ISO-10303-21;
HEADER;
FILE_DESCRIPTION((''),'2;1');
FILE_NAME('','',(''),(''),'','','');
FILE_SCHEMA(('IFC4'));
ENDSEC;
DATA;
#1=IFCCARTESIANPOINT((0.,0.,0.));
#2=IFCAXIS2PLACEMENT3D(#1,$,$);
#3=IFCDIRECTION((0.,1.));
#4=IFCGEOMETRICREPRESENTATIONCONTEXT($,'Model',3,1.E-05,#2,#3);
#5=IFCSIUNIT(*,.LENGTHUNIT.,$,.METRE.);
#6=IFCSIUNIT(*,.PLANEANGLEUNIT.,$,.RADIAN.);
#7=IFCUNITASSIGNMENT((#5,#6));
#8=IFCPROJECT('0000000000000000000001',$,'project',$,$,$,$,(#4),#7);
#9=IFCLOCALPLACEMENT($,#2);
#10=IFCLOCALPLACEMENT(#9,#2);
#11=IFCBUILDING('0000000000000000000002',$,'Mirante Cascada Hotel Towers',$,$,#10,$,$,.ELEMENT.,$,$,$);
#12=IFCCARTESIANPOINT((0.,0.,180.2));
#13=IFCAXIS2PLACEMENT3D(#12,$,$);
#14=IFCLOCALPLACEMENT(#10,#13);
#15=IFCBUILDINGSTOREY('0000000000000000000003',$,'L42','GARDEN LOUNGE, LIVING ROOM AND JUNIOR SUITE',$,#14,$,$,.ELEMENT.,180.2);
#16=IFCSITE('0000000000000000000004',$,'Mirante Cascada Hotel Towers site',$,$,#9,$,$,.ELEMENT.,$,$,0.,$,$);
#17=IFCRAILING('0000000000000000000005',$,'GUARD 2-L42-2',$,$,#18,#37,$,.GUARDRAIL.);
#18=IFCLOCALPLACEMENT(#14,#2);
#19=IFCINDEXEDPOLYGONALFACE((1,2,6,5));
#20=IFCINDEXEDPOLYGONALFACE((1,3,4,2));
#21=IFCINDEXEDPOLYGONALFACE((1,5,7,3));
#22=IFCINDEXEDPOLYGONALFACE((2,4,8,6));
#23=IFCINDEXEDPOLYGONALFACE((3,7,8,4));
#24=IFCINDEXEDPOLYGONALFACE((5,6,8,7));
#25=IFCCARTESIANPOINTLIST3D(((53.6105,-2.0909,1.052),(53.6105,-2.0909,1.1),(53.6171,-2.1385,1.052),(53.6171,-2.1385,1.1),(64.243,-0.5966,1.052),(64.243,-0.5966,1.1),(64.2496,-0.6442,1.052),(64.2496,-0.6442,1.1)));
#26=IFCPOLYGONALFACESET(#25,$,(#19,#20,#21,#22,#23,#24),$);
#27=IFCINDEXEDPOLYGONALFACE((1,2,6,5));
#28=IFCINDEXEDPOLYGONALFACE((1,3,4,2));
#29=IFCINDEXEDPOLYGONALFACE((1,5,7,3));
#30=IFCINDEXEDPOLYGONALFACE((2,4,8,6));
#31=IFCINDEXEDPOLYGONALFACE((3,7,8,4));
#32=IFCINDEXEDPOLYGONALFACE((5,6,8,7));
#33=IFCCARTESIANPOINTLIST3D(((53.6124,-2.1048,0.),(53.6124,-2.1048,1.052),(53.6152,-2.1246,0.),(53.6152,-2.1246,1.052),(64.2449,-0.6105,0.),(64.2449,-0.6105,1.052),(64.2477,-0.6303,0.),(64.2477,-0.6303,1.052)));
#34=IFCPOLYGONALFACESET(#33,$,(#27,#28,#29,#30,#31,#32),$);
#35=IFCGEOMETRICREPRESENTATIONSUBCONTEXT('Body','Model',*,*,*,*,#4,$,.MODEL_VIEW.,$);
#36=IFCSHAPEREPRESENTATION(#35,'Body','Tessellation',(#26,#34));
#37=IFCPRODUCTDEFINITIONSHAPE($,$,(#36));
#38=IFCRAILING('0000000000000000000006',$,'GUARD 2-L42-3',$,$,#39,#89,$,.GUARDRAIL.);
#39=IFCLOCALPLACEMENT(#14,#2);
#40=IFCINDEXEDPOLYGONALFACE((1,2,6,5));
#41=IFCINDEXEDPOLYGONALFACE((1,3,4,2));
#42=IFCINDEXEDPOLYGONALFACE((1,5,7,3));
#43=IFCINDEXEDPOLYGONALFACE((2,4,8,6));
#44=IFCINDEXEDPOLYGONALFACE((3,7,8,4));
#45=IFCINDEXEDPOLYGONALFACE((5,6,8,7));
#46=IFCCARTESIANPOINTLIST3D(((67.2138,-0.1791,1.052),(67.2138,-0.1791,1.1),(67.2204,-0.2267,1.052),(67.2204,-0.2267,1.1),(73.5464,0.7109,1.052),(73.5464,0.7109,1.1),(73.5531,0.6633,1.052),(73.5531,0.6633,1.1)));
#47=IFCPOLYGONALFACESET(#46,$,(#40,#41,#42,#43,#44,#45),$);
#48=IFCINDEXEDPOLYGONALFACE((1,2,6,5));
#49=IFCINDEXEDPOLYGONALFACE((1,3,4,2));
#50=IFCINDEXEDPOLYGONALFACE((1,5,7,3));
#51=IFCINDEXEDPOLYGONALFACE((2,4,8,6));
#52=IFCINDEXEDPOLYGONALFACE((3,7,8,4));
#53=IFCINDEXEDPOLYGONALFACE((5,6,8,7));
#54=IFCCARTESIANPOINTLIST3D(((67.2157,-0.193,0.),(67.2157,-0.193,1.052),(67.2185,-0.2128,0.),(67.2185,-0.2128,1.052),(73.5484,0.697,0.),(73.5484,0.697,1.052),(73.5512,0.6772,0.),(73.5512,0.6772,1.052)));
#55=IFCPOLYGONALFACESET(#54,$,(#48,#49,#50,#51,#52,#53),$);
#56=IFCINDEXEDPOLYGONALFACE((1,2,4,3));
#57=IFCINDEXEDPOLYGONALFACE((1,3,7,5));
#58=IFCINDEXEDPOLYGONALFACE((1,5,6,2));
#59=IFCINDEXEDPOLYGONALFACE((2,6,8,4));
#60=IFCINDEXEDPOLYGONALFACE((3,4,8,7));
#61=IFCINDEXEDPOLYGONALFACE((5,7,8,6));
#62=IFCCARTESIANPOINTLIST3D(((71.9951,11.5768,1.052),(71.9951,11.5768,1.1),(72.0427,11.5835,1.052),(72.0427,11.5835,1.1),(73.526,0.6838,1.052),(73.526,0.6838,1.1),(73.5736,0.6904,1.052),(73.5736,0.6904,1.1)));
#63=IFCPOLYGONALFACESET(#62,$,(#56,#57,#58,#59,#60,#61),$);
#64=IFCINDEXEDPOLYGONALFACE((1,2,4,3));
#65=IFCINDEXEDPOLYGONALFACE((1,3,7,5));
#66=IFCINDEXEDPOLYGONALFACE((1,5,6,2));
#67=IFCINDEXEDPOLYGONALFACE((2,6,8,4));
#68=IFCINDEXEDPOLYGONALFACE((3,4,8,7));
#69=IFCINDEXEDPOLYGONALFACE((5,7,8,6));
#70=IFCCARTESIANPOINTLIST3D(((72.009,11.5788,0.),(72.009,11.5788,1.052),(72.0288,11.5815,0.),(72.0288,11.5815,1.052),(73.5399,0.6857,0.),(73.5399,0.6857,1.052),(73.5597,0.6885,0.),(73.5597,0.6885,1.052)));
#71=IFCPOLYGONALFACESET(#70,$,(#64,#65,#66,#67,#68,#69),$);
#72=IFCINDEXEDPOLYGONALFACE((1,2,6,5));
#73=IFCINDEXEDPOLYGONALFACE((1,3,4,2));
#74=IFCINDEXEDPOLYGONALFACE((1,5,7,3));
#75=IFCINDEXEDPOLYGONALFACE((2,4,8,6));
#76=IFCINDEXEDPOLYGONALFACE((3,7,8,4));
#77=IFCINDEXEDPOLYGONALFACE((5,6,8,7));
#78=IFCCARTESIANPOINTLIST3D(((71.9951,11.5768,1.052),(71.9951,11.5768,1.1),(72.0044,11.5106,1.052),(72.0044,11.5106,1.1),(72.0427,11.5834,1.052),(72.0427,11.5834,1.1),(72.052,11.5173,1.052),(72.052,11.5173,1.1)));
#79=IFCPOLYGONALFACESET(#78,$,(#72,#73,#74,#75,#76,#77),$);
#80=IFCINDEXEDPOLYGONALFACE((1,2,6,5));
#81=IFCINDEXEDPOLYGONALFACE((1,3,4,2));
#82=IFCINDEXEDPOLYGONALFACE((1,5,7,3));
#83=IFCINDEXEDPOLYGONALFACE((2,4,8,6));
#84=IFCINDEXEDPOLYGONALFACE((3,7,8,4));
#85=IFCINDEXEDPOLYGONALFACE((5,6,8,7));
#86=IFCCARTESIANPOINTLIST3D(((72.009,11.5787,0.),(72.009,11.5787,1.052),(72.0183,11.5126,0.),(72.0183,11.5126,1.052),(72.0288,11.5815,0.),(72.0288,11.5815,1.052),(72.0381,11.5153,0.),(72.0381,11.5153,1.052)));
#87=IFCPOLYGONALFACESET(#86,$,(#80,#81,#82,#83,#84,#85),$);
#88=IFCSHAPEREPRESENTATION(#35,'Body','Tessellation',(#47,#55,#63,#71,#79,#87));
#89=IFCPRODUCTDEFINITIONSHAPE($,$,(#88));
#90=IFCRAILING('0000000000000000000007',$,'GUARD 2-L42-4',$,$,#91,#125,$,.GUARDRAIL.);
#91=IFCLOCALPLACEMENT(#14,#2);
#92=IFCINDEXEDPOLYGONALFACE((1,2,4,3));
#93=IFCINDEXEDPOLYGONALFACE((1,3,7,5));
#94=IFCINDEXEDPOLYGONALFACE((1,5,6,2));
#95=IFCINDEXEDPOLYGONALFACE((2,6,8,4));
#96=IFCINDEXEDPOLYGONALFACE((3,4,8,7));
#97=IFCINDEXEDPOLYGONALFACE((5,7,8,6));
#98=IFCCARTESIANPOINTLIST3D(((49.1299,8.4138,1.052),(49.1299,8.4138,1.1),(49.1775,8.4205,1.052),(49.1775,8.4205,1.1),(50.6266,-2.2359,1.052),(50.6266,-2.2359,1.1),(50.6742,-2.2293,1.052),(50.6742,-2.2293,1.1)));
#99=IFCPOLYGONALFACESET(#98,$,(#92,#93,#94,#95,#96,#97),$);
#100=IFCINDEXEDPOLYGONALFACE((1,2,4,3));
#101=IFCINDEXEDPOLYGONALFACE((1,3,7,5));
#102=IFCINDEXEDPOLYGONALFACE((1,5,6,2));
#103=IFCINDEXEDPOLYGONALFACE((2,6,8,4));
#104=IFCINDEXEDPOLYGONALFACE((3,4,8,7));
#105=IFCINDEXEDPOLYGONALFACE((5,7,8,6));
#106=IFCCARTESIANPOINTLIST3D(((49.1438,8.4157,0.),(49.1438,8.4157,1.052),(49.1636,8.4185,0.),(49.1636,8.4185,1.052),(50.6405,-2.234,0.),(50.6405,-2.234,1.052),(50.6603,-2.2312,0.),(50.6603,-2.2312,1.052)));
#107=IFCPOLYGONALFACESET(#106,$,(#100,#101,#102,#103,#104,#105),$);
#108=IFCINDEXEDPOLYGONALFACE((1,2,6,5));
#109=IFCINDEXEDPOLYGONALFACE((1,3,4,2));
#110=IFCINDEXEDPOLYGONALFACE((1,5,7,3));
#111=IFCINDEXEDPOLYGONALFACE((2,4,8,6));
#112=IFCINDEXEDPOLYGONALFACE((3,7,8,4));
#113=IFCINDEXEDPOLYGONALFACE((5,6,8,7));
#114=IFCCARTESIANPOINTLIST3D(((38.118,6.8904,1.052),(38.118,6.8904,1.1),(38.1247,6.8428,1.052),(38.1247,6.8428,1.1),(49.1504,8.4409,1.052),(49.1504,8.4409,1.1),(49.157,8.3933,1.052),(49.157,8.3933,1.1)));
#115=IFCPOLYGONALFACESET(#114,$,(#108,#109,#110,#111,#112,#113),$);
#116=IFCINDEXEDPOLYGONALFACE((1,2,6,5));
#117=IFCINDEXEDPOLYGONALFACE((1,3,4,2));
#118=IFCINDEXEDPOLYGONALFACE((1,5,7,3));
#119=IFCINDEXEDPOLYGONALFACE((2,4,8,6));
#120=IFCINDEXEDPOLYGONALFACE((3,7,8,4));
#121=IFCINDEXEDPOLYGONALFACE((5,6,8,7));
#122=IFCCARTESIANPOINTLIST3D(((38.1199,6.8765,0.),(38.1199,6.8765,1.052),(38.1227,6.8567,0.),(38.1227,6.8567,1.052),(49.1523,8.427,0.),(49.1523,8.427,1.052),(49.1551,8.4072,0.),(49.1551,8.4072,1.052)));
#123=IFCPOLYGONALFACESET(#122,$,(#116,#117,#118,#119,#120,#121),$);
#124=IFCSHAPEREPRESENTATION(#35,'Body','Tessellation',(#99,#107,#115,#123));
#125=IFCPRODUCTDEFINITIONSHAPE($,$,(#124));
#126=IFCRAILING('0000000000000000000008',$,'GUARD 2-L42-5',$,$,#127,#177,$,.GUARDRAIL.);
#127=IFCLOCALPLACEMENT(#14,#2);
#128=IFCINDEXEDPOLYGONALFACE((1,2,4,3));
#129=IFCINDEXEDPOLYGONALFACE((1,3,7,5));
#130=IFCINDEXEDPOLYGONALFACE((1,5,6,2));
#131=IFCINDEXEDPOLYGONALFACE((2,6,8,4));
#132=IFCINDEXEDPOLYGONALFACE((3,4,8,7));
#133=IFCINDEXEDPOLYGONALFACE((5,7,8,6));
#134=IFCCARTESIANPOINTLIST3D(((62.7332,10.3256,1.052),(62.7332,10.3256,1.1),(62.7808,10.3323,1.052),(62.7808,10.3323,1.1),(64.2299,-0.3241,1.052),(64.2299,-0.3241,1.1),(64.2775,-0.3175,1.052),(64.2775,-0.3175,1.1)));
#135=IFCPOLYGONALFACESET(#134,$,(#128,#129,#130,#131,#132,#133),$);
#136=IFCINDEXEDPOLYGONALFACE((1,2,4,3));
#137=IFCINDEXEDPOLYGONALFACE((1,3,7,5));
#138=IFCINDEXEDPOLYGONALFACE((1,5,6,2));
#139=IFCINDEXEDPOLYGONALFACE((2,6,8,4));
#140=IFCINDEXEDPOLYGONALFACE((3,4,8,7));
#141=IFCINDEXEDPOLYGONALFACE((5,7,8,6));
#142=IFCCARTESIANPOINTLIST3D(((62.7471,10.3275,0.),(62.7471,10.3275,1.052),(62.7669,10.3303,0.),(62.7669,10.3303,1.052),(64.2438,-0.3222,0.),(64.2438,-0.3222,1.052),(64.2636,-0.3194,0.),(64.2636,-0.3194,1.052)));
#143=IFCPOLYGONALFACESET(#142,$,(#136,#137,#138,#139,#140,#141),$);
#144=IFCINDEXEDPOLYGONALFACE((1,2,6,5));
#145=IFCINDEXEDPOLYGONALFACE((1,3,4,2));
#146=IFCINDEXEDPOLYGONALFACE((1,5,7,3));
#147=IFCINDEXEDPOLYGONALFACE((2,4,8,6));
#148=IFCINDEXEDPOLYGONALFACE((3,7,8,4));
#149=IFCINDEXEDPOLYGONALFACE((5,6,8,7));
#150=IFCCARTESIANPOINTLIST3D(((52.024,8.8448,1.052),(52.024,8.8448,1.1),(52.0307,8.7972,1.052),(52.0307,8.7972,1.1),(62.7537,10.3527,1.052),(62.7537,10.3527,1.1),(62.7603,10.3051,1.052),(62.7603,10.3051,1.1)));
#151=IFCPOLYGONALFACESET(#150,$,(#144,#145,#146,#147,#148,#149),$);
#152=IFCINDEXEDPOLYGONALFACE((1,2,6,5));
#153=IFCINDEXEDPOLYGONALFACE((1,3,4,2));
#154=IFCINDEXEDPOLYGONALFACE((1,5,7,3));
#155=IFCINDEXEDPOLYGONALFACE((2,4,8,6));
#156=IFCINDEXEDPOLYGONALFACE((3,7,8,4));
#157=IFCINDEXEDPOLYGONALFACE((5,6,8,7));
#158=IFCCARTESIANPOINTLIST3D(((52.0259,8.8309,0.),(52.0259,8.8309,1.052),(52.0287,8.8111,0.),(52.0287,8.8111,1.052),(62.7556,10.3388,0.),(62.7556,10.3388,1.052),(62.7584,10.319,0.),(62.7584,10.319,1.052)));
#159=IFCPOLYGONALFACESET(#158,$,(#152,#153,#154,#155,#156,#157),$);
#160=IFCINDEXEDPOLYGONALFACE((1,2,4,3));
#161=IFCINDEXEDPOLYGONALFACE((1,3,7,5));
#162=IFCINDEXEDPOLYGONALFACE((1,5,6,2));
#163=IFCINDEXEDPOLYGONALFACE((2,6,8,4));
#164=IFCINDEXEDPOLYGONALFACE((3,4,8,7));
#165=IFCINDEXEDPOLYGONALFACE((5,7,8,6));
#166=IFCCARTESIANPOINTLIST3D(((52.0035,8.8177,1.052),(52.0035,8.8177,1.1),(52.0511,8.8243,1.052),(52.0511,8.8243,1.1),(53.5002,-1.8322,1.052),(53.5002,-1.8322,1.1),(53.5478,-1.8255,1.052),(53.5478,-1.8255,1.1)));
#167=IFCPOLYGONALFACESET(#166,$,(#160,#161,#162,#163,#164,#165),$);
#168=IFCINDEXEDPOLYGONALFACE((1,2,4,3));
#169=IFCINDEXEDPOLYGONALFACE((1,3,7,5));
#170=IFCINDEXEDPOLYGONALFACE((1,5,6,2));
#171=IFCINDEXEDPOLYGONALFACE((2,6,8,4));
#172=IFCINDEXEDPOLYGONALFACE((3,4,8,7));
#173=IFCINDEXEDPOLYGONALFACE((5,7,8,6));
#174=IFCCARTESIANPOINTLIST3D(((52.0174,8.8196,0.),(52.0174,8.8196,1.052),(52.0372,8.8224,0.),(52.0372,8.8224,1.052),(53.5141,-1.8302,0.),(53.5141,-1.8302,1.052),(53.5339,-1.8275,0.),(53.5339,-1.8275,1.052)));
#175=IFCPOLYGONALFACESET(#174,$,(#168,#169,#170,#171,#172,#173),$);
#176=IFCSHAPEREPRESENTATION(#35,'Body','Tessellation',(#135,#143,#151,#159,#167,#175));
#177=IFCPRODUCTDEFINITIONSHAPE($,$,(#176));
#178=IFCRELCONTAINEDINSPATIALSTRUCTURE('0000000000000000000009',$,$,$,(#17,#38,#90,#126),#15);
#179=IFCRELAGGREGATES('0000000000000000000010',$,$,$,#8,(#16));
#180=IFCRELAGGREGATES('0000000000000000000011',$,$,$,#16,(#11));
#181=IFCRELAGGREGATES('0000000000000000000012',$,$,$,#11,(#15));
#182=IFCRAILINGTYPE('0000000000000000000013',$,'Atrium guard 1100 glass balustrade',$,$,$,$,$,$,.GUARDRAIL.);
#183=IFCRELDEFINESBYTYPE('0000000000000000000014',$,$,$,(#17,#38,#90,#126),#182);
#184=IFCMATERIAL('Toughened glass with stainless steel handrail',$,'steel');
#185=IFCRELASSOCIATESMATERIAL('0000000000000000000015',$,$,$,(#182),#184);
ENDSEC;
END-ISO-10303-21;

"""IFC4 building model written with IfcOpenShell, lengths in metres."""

from ifc_helpers import new_model, si_unit, direction, frame, origin, origin_2d, place, context, subcontext, project, spatial, rectangle, extrude, material, type_object, element, save


model = new_model("IFC4")

# Units and contexts
model_context = context("Model", 3, precision=1e-05, world=origin(), true_north=direction((0.0, 1.0)))
body_context = subcontext(model_context, "Body", "Model", "MODEL_VIEW")
ifc_project = project(units=[si_unit("LENGTHUNIT", "METRE"), si_unit("PLANEANGLEUNIT", "RADIAN")], contexts=[model_context])

# Site, building, storey
site_placement = place(None, origin())
site = spatial("IfcSite", under=ifc_project, at=site_placement, Name="Mirante Cascada Hotel Towers site", CompositionType="ELEMENT", RefElevation=0.0)
building_placement = place(site_placement, origin())
building = spatial("IfcBuilding", under=site, at=building_placement, Name="Mirante Cascada Hotel Towers", CompositionType="ELEMENT")
storey_placement = place(building_placement, frame((0.0, 0.0, 180.2)))
storey = spatial("IfcBuildingStorey", under=building, at=storey_placement, Name="L42", Description="GARDEN LOUNGE, LIVING ROOM AND JUNIOR SUITE", CompositionType="ELEMENT", Elevation=180.2)

# Railings
ifc_material_1 = material(Name="Toughened glass with stainless steel handrail", Category="steel")
railing_type_1 = type_object("IfcRailingType", Name="Atrium guard 1100 glass balustrade", PredefinedType="GUARDRAIL", material=ifc_material_1)
railing_1_placement = place(storey_placement, frame((53.6138, -2.1147, 0.0)))
element("IfcRailing", 1, at=railing_1_placement, inside=storey, type_object=railing_type_1, Name="GUARD 2-L42-2", PredefinedType="GUARDRAIL", context=body_context, shape_type="SweptSolid", body=[
    extrude(rectangle(XDim=0.048, YDim=0.048, at=origin_2d()), frame((0.0, 0.0, 1.076), z_axis=(0.990268, 0.139173, 0.0), x_axis=(-0.139173, 0.990268, 0.0)), (0.0, 0.0, 1.0), 10.737),
    extrude(rectangle(XDim=0.02, YDim=1.052, at=origin_2d()), frame((0.0, 0.0, 0.526), z_axis=(0.990268, 0.139173, 0.0), x_axis=(-0.139173, 0.990268, 0.0)), (0.0, 0.0, 1.0), 10.737),
])
railing_2_placement = place(storey_placement, frame((67.2171, -0.2029, 0.0)))
element("IfcRailing", 2, at=railing_2_placement, inside=storey, type_object=railing_type_1, Name="GUARD 2-L42-3", PredefinedType="GUARDRAIL", context=body_context, shape_type="SweptSolid", body=[
    extrude(rectangle(XDim=0.048, YDim=0.048, at=origin_2d()), frame((0.0, 0.0, 1.076), z_axis=(0.990268, 0.139173, 0.0), x_axis=(-0.139173, 0.990268, 0.0)), (0.0, 0.0, 1.0), 6.3949),
    extrude(rectangle(XDim=0.02, YDim=1.052, at=origin_2d()), frame((0.0, 0.0, 0.526), z_axis=(0.990268, 0.139173, 0.0), x_axis=(-0.139173, 0.990268, 0.0)), (0.0, 0.0, 1.0), 6.3949),
    extrude(rectangle(XDim=0.048, YDim=0.048, at=origin_2d()), frame((6.3327, 0.89, 1.076), z_axis=(-0.139172, 0.990268, 0.0), x_axis=(-0.990268, -0.139172, 0.0)), (0.0, 0.0, 1.0), 11.0001),
    extrude(rectangle(XDim=0.02, YDim=1.052, at=origin_2d()), frame((6.3327, 0.89, 0.526), z_axis=(-0.139172, 0.990268, 0.0), x_axis=(-0.990268, -0.139172, 0.0)), (0.0, 0.0, 1.0), 11.0001),
    extrude(rectangle(XDim=0.048, YDim=0.048, at=origin_2d()), frame((4.8018, 11.783, 1.076), z_axis=(0.139324, -0.990247, 0.0), x_axis=(0.990247, 0.139324, 0.0)), (0.0, 0.0, 1.0), 0.0668),
    extrude(rectangle(XDim=0.02, YDim=1.052, at=origin_2d()), frame((4.8018, 11.783, 0.526), z_axis=(0.139324, -0.990247, 0.0), x_axis=(0.990247, 0.139324, 0.0)), (0.0, 0.0, 1.0), 0.0668),
])
railing_3_placement = place(storey_placement, frame((50.6504, -2.2326, 0.0)))
element("IfcRailing", 3, at=railing_3_placement, inside=storey, type_object=railing_type_1, Name="GUARD 2-L42-4", PredefinedType="GUARDRAIL", context=body_context, shape_type="SweptSolid", body=[
    extrude(rectangle(XDim=0.048, YDim=0.048, at=origin_2d()), frame((0.0, 0.0, 1.076), z_axis=(-0.139172, 0.990268, 0.0), x_axis=(-0.990268, -0.139172, 0.0)), (0.0, 0.0, 1.0), 10.7544),
    extrude(rectangle(XDim=0.02, YDim=1.052, at=origin_2d()), frame((0.0, 0.0, 0.526), z_axis=(-0.139172, 0.990268, 0.0), x_axis=(-0.990268, -0.139172, 0.0)), (0.0, 0.0, 1.0), 10.7544),
    extrude(rectangle(XDim=0.048, YDim=0.048, at=origin_2d()), frame((-1.4967, 10.6497, 1.076), z_axis=(-0.990268, -0.139173, 0.0), x_axis=(0.139173, -0.990268, 0.0)), (0.0, 0.0, 1.0), 11.1408),
    extrude(rectangle(XDim=0.02, YDim=1.052, at=origin_2d()), frame((-1.4967, 10.6497, 0.526), z_axis=(-0.990268, -0.139173, 0.0), x_axis=(0.139173, -0.990268, 0.0)), (0.0, 0.0, 1.0), 11.1408),
])
railing_4_placement = place(storey_placement, frame((64.2537, -0.3208, 0.0)))
element("IfcRailing", 4, at=railing_4_placement, inside=storey, type_object=railing_type_1, Name="GUARD 2-L42-5", PredefinedType="GUARDRAIL", context=body_context, shape_type="SweptSolid", body=[
    extrude(rectangle(XDim=0.048, YDim=0.048, at=origin_2d()), frame((0.0, 0.0, 1.076), z_axis=(-0.139172, 0.990268, 0.0), x_axis=(-0.990268, -0.139172, 0.0)), (0.0, 0.0, 1.0), 10.7544),
    extrude(rectangle(XDim=0.02, YDim=1.052, at=origin_2d()), frame((0.0, 0.0, 0.526), z_axis=(-0.139172, 0.990268, 0.0), x_axis=(-0.990268, -0.139172, 0.0)), (0.0, 0.0, 1.0), 10.7544),
    extrude(rectangle(XDim=0.048, YDim=0.048, at=origin_2d()), frame((-1.4967, 10.6497, 1.076), z_axis=(-0.990269, -0.139168, 0.0), x_axis=(0.139168, -0.990269, 0.0)), (0.0, 0.0, 1.0), 10.8351),
    extrude(rectangle(XDim=0.02, YDim=1.052, at=origin_2d()), frame((-1.4967, 10.6497, 0.526), z_axis=(-0.990269, -0.139168, 0.0), x_axis=(0.139168, -0.990269, 0.0)), (0.0, 0.0, 1.0), 10.8351),
    extrude(rectangle(XDim=0.048, YDim=0.048, at=origin_2d()), frame((-12.2264, 9.1418, 1.076), z_axis=(0.13917, -0.990268, 0.0), x_axis=(0.990268, 0.13917, 0.0)), (0.0, 0.0, 1.0), 10.7545),
    extrude(rectangle(XDim=0.02, YDim=1.052, at=origin_2d()), frame((-12.2264, 9.1418, 0.526), z_axis=(0.13917, -0.990268, 0.0), x_axis=(0.990268, 0.13917, 0.0)), (0.0, 0.0, 1.0), 10.7545),
])

save(model, "model.ifc")
